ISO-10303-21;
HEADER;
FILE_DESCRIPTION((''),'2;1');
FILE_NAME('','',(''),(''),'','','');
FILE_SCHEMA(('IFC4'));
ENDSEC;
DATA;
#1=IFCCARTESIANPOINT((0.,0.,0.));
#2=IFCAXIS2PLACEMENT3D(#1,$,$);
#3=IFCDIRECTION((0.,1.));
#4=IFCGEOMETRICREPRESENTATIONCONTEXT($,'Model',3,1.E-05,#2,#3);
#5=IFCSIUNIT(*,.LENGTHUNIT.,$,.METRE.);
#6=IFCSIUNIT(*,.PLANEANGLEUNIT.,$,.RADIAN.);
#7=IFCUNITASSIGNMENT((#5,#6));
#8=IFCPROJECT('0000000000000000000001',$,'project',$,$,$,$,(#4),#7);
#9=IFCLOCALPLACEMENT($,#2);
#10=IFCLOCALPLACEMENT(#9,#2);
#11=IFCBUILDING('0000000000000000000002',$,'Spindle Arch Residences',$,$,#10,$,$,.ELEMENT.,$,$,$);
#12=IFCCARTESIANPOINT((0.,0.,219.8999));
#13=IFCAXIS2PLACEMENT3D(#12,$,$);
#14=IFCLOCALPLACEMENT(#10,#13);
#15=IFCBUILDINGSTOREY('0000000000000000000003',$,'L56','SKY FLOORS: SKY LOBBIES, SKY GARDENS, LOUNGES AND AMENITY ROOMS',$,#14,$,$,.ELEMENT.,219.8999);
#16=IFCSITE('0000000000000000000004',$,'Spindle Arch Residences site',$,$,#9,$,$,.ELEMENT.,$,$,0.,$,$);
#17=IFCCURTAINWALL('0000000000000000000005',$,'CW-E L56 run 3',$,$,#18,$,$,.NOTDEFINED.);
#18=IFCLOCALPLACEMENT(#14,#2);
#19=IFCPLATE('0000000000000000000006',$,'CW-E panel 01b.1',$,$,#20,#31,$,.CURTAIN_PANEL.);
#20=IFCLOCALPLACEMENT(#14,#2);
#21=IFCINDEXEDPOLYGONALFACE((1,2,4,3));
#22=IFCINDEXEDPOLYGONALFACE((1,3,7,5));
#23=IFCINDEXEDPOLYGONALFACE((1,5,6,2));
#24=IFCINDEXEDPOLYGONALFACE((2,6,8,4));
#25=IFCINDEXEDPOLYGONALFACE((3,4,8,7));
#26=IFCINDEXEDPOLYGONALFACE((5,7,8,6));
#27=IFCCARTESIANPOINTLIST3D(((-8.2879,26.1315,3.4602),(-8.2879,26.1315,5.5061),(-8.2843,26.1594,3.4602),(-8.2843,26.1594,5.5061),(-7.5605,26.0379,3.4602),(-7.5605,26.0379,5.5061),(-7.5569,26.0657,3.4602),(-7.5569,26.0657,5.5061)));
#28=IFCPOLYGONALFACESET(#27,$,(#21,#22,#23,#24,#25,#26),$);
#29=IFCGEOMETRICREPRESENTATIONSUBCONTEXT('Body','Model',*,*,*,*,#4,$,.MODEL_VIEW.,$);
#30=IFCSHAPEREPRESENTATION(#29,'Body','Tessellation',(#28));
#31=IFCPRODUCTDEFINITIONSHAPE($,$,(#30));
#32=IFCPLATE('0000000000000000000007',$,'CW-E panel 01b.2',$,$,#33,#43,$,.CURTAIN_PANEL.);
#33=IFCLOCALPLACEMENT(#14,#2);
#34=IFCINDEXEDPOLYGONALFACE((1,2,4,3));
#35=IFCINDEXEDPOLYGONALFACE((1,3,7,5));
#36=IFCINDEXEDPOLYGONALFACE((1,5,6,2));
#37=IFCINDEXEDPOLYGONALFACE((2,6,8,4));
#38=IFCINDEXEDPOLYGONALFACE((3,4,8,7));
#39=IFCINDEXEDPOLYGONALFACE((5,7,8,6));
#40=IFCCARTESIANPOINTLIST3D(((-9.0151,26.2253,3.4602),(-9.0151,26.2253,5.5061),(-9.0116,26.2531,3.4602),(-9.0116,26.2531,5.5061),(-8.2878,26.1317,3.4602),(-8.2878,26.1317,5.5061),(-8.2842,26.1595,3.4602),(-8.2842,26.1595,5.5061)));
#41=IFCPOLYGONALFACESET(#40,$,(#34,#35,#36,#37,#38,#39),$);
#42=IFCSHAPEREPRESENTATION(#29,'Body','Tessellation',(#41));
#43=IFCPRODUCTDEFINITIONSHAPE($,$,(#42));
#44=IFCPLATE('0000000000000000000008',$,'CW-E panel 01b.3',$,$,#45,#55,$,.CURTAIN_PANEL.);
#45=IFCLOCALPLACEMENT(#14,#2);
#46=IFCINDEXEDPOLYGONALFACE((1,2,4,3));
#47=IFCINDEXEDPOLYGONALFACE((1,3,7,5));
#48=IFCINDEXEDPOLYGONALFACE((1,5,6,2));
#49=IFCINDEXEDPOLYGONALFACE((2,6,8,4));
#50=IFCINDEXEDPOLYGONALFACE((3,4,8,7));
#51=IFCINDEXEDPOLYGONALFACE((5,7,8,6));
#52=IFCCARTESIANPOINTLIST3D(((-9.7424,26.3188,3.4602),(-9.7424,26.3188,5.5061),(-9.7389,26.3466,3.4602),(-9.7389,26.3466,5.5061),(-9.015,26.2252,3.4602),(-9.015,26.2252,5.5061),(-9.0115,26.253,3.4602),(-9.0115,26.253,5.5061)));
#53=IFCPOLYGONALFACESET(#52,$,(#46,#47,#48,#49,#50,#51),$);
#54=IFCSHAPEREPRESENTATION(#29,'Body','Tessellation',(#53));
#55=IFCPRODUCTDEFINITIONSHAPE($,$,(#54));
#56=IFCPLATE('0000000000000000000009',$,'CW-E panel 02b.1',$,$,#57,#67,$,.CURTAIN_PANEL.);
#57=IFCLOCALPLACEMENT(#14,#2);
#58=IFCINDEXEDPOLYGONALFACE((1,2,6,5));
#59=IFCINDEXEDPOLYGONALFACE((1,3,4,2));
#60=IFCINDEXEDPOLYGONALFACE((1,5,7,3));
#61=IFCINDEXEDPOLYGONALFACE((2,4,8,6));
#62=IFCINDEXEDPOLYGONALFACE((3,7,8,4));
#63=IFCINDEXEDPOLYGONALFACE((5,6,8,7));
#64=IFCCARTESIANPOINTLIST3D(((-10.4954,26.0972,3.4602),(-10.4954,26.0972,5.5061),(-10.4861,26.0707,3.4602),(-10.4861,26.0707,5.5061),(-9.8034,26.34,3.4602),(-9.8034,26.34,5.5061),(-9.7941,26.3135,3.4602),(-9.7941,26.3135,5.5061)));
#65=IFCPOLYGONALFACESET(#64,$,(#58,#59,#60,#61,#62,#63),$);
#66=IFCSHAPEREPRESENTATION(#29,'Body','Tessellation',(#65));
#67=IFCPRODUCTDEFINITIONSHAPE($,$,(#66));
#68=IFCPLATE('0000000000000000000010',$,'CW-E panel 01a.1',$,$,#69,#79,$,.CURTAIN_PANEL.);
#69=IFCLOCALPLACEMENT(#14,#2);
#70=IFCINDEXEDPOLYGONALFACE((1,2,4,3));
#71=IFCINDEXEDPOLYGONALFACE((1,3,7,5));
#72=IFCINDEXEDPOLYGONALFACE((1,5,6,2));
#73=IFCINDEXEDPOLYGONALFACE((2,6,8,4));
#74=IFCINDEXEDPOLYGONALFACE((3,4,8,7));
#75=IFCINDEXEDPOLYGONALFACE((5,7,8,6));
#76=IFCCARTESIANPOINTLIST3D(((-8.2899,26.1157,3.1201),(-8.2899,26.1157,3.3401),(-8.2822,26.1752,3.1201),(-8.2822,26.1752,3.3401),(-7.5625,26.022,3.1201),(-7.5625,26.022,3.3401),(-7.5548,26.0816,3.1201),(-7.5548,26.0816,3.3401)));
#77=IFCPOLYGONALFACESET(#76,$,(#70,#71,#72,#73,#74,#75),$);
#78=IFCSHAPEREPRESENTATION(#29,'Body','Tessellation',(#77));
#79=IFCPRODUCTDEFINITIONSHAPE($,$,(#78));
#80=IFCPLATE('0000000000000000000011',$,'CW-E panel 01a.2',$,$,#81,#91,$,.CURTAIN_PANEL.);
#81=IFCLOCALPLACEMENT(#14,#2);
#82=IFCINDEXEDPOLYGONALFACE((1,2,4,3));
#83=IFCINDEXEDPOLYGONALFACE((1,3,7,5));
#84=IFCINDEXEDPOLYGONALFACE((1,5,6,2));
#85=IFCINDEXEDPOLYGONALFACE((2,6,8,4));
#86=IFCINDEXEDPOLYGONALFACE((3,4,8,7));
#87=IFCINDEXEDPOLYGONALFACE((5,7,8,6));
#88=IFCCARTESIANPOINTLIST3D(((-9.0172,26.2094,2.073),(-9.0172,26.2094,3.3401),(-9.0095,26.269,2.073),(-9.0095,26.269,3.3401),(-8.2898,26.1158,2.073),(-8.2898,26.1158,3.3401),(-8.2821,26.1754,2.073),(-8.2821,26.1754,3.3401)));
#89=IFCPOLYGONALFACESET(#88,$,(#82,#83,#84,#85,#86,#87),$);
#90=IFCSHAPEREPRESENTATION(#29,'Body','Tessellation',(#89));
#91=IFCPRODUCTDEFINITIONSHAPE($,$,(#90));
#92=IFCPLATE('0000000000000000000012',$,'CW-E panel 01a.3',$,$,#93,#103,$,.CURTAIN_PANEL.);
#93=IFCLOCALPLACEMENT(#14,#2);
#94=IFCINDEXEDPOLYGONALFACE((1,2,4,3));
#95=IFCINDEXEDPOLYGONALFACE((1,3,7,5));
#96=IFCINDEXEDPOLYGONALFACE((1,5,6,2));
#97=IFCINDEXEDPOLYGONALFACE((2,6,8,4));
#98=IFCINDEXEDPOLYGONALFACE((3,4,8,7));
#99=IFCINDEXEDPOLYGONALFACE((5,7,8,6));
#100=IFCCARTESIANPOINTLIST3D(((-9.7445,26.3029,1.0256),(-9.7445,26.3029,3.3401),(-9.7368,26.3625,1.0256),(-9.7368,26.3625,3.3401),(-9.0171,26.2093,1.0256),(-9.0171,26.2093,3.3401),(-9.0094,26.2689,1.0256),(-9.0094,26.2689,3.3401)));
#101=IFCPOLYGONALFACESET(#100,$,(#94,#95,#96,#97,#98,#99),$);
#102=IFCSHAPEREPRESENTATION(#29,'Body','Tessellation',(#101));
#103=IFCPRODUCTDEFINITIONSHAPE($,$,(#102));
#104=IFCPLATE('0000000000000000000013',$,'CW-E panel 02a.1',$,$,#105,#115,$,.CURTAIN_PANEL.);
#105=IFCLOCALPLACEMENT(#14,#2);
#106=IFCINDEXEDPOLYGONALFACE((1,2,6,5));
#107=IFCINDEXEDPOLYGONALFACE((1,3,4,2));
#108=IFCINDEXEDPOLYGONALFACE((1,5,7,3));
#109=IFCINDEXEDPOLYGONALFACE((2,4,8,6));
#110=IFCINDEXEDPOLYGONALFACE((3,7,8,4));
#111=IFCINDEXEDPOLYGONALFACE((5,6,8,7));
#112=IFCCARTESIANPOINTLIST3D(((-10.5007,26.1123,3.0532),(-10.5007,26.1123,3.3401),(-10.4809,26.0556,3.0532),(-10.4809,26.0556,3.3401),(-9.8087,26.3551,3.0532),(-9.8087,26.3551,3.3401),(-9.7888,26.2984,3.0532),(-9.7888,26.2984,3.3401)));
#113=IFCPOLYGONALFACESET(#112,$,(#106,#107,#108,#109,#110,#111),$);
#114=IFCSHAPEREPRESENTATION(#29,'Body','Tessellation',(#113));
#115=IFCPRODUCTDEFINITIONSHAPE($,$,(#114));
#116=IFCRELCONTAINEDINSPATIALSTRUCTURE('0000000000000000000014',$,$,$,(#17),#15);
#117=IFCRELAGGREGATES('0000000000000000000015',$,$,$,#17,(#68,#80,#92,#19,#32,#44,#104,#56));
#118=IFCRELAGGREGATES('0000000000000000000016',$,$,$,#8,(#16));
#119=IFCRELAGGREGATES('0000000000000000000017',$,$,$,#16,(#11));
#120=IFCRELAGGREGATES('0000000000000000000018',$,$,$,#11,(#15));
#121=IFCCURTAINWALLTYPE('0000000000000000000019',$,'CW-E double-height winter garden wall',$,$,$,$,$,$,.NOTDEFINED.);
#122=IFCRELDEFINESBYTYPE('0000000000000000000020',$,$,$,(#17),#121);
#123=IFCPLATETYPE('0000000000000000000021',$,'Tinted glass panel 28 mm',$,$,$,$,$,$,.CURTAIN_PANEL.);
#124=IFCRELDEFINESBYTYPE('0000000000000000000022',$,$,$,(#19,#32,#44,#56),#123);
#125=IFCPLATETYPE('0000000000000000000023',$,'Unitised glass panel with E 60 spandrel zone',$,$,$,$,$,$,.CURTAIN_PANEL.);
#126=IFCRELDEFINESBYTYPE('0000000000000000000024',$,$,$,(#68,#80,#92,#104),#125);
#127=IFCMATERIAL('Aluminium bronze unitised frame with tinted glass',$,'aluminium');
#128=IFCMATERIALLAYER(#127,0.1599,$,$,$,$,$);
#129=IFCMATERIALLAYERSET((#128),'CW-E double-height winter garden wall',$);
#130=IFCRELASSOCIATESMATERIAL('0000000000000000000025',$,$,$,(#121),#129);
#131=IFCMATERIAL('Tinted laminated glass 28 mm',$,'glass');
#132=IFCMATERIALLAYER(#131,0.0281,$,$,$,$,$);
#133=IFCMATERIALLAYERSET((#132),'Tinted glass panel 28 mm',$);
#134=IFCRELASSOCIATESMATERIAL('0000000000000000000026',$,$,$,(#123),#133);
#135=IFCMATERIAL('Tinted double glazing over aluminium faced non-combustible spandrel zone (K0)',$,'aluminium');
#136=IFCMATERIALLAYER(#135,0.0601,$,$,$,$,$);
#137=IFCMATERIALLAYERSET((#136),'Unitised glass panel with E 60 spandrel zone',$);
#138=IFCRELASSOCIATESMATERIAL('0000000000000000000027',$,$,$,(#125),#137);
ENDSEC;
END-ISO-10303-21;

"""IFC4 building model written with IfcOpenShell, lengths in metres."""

from ifc_helpers import new_model, si_unit, direction, frame, origin, origin_2d, place, context, subcontext, project, spatial, rectangle, extrude, material, layer, layer_set, type_object, element, aggregate, save


model = new_model("IFC4")

# Units and contexts
model_context = context("Model", 3, precision=1e-05, world=origin(), true_north=direction((0.0, 1.0)))
body_context = subcontext(model_context, "Body", "Model", "MODEL_VIEW")
ifc_project = project(units=[si_unit("LENGTHUNIT", "METRE"), si_unit("PLANEANGLEUNIT", "RADIAN")], contexts=[model_context])

# Site, building, storey
site_placement = place(None, origin())
site = spatial("IfcSite", under=ifc_project, at=site_placement, Name="Spindle Arch Residences site", CompositionType="ELEMENT", RefElevation=0.0)
building_placement = place(site_placement, origin())
building = spatial("IfcBuilding", under=site, at=building_placement, Name="Spindle Arch Residences", CompositionType="ELEMENT")
storey_placement = place(building_placement, frame((0.0, 0.0, 219.8999)))
storey = spatial("IfcBuildingStorey", under=building, at=storey_placement, Name="L56", Description="SKY FLOORS: SKY LOBBIES, SKY GARDENS, LOUNGES AND AMENITY ROOMS", CompositionType="ELEMENT", Elevation=219.8999)

# Curtain wall, plates
ifc_material_1 = material(Name="Aluminium bronze unitised frame with tinted glass", Category="aluminium")
ifc_layer_1 = layer(ifc_material_1, 0.1599)
ifc_layer_set_1 = layer_set([ifc_layer_1], Name="CW-E double-height winter garden wall")
curtain_wall_type = type_object("IfcCurtainWallType", Name="CW-E double-height winter garden wall", PredefinedType="NOTDEFINED", material=ifc_layer_set_1)
curtain_wall_placement = place(storey_placement, origin())
curtain_wall = element("IfcCurtainWall", 1, at=curtain_wall_placement, inside=storey, type_object=curtain_wall_type, Name="CW-E L56 run 3", PredefinedType="NOTDEFINED")
ifc_material_2 = material(Name="Tinted laminated glass 28 mm", Category="glass")
ifc_layer_2 = layer(ifc_material_2, 0.0281)
ifc_layer_set_2 = layer_set([ifc_layer_2], Name="Tinted glass panel 28 mm")
plate_type_1 = type_object("IfcPlateType", Name="Tinted glass panel 28 mm", PredefinedType="CURTAIN_PANEL", material=ifc_layer_set_2)
plate_1_placement = place(storey_placement, frame((-7.9224, 26.0986, 3.4602), z_axis=(0.0, 0.0, 1.0), x_axis=(-0.99182, 0.127642, 0.0)))
plate_1 = element("IfcPlate", 2, at=plate_1_placement, type_object=plate_type_1, Name="CW-E panel 01b.1", PredefinedType="CURTAIN_PANEL", context=body_context, shape_type="SweptSolid", body=[
    extrude(rectangle(XDim=0.7334, YDim=0.0281, at=origin_2d()), origin(), (0.0, 0.0, 1.0), 2.0459),
])
plate_2_placement = place(storey_placement, frame((-8.6497, 26.1924, 3.4602), z_axis=(0.0, 0.0, 1.0), x_axis=(-0.99182, 0.127642, 0.0)))
plate_2 = element("IfcPlate", 3, at=plate_2_placement, type_object=plate_type_1, Name="CW-E panel 01b.2", PredefinedType="CURTAIN_PANEL", context=body_context, shape_type="SweptSolid", body=[
    extrude(rectangle(XDim=0.7334, YDim=0.0281, at=origin_2d()), origin(), (0.0, 0.0, 1.0), 2.0459),
])
plate_3_placement = place(storey_placement, frame((-9.377, 26.2859, 3.4602), z_axis=(0.0, 0.0, 1.0), x_axis=(-0.99182, 0.127642, 0.0)))
plate_3 = element("IfcPlate", 4, at=plate_3_placement, type_object=plate_type_1, Name="CW-E panel 01b.3", PredefinedType="CURTAIN_PANEL", context=body_context, shape_type="SweptSolid", body=[
    extrude(rectangle(XDim=0.7334, YDim=0.0281, at=origin_2d()), origin(), (0.0, 0.0, 1.0), 2.0459),
])
plate_4_placement = place(storey_placement, frame((-10.1448, 26.2053, 3.4602), z_axis=(0.0, 0.0, 1.0), x_axis=(-0.943609, -0.331063, 0.0)))
plate_4 = element("IfcPlate", 5, at=plate_4_placement, type_object=plate_type_1, Name="CW-E panel 02b.1", PredefinedType="CURTAIN_PANEL", context=body_context, shape_type="SweptSolid", body=[
    extrude(rectangle(XDim=0.7334, YDim=0.0281, at=origin_2d()), origin(), (0.0, 0.0, 1.0), 2.0459),
])
ifc_material_3 = material(Name="Tinted double glazing over aluminium faced non-combustible spandrel zone (K0)", Category="aluminium")
ifc_layer_3 = layer(ifc_material_3, 0.0601)
ifc_layer_set_3 = layer_set([ifc_layer_3], Name="Unitised glass panel with E 60 spandrel zone")
plate_type_2 = type_object("IfcPlateType", Name="Unitised glass panel with E 60 spandrel zone", PredefinedType="CURTAIN_PANEL", material=ifc_layer_set_3)
plate_5_placement = place(storey_placement, frame((-7.9224, 26.0986, 3.1201), z_axis=(0.0, 0.0, 1.0), x_axis=(-0.99182, 0.127642, 0.0)))
plate_5 = element("IfcPlate", 6, at=plate_5_placement, type_object=plate_type_2, Name="CW-E panel 01a.1", PredefinedType="CURTAIN_PANEL", context=body_context, shape_type="SweptSolid", body=[
    extrude(rectangle(XDim=0.7334, YDim=0.0601, at=origin_2d()), origin(), (0.0, 0.0, 1.0), 0.22),
])
plate_6_placement = place(storey_placement, frame((-8.6497, 26.1924, 2.073), z_axis=(0.0, 0.0, 1.0), x_axis=(-0.99182, 0.127642, 0.0)))
plate_6 = element("IfcPlate", 7, at=plate_6_placement, type_object=plate_type_2, Name="CW-E panel 01a.2", PredefinedType="CURTAIN_PANEL", context=body_context, shape_type="SweptSolid", body=[
    extrude(rectangle(XDim=0.7334, YDim=0.0601, at=origin_2d()), origin(), (0.0, 0.0, 1.0), 1.2671),
])
plate_7_placement = place(storey_placement, frame((-9.377, 26.2859, 1.0256), z_axis=(0.0, 0.0, 1.0), x_axis=(-0.99182, 0.127642, 0.0)))
plate_7 = element("IfcPlate", 8, at=plate_7_placement, type_object=plate_type_2, Name="CW-E panel 01a.3", PredefinedType="CURTAIN_PANEL", context=body_context, shape_type="SweptSolid", body=[
    extrude(rectangle(XDim=0.7334, YDim=0.0601, at=origin_2d()), origin(), (0.0, 0.0, 1.0), 2.3145),
])
plate_8_placement = place(storey_placement, frame((-10.1448, 26.2053, 3.0532), z_axis=(0.0, 0.0, 1.0), x_axis=(-0.943609, -0.331063, 0.0)))
plate_8 = element("IfcPlate", 9, at=plate_8_placement, type_object=plate_type_2, Name="CW-E panel 02a.1", PredefinedType="CURTAIN_PANEL", context=body_context, shape_type="SweptSolid", body=[
    extrude(rectangle(XDim=0.7334, YDim=0.0601, at=origin_2d()), origin(), (0.0, 0.0, 1.0), 0.2869),
])
aggregate(curtain_wall, [plate_5, plate_6, plate_7, plate_1, plate_2, plate_3, plate_8, plate_4])

save(model, "model.ifc")
